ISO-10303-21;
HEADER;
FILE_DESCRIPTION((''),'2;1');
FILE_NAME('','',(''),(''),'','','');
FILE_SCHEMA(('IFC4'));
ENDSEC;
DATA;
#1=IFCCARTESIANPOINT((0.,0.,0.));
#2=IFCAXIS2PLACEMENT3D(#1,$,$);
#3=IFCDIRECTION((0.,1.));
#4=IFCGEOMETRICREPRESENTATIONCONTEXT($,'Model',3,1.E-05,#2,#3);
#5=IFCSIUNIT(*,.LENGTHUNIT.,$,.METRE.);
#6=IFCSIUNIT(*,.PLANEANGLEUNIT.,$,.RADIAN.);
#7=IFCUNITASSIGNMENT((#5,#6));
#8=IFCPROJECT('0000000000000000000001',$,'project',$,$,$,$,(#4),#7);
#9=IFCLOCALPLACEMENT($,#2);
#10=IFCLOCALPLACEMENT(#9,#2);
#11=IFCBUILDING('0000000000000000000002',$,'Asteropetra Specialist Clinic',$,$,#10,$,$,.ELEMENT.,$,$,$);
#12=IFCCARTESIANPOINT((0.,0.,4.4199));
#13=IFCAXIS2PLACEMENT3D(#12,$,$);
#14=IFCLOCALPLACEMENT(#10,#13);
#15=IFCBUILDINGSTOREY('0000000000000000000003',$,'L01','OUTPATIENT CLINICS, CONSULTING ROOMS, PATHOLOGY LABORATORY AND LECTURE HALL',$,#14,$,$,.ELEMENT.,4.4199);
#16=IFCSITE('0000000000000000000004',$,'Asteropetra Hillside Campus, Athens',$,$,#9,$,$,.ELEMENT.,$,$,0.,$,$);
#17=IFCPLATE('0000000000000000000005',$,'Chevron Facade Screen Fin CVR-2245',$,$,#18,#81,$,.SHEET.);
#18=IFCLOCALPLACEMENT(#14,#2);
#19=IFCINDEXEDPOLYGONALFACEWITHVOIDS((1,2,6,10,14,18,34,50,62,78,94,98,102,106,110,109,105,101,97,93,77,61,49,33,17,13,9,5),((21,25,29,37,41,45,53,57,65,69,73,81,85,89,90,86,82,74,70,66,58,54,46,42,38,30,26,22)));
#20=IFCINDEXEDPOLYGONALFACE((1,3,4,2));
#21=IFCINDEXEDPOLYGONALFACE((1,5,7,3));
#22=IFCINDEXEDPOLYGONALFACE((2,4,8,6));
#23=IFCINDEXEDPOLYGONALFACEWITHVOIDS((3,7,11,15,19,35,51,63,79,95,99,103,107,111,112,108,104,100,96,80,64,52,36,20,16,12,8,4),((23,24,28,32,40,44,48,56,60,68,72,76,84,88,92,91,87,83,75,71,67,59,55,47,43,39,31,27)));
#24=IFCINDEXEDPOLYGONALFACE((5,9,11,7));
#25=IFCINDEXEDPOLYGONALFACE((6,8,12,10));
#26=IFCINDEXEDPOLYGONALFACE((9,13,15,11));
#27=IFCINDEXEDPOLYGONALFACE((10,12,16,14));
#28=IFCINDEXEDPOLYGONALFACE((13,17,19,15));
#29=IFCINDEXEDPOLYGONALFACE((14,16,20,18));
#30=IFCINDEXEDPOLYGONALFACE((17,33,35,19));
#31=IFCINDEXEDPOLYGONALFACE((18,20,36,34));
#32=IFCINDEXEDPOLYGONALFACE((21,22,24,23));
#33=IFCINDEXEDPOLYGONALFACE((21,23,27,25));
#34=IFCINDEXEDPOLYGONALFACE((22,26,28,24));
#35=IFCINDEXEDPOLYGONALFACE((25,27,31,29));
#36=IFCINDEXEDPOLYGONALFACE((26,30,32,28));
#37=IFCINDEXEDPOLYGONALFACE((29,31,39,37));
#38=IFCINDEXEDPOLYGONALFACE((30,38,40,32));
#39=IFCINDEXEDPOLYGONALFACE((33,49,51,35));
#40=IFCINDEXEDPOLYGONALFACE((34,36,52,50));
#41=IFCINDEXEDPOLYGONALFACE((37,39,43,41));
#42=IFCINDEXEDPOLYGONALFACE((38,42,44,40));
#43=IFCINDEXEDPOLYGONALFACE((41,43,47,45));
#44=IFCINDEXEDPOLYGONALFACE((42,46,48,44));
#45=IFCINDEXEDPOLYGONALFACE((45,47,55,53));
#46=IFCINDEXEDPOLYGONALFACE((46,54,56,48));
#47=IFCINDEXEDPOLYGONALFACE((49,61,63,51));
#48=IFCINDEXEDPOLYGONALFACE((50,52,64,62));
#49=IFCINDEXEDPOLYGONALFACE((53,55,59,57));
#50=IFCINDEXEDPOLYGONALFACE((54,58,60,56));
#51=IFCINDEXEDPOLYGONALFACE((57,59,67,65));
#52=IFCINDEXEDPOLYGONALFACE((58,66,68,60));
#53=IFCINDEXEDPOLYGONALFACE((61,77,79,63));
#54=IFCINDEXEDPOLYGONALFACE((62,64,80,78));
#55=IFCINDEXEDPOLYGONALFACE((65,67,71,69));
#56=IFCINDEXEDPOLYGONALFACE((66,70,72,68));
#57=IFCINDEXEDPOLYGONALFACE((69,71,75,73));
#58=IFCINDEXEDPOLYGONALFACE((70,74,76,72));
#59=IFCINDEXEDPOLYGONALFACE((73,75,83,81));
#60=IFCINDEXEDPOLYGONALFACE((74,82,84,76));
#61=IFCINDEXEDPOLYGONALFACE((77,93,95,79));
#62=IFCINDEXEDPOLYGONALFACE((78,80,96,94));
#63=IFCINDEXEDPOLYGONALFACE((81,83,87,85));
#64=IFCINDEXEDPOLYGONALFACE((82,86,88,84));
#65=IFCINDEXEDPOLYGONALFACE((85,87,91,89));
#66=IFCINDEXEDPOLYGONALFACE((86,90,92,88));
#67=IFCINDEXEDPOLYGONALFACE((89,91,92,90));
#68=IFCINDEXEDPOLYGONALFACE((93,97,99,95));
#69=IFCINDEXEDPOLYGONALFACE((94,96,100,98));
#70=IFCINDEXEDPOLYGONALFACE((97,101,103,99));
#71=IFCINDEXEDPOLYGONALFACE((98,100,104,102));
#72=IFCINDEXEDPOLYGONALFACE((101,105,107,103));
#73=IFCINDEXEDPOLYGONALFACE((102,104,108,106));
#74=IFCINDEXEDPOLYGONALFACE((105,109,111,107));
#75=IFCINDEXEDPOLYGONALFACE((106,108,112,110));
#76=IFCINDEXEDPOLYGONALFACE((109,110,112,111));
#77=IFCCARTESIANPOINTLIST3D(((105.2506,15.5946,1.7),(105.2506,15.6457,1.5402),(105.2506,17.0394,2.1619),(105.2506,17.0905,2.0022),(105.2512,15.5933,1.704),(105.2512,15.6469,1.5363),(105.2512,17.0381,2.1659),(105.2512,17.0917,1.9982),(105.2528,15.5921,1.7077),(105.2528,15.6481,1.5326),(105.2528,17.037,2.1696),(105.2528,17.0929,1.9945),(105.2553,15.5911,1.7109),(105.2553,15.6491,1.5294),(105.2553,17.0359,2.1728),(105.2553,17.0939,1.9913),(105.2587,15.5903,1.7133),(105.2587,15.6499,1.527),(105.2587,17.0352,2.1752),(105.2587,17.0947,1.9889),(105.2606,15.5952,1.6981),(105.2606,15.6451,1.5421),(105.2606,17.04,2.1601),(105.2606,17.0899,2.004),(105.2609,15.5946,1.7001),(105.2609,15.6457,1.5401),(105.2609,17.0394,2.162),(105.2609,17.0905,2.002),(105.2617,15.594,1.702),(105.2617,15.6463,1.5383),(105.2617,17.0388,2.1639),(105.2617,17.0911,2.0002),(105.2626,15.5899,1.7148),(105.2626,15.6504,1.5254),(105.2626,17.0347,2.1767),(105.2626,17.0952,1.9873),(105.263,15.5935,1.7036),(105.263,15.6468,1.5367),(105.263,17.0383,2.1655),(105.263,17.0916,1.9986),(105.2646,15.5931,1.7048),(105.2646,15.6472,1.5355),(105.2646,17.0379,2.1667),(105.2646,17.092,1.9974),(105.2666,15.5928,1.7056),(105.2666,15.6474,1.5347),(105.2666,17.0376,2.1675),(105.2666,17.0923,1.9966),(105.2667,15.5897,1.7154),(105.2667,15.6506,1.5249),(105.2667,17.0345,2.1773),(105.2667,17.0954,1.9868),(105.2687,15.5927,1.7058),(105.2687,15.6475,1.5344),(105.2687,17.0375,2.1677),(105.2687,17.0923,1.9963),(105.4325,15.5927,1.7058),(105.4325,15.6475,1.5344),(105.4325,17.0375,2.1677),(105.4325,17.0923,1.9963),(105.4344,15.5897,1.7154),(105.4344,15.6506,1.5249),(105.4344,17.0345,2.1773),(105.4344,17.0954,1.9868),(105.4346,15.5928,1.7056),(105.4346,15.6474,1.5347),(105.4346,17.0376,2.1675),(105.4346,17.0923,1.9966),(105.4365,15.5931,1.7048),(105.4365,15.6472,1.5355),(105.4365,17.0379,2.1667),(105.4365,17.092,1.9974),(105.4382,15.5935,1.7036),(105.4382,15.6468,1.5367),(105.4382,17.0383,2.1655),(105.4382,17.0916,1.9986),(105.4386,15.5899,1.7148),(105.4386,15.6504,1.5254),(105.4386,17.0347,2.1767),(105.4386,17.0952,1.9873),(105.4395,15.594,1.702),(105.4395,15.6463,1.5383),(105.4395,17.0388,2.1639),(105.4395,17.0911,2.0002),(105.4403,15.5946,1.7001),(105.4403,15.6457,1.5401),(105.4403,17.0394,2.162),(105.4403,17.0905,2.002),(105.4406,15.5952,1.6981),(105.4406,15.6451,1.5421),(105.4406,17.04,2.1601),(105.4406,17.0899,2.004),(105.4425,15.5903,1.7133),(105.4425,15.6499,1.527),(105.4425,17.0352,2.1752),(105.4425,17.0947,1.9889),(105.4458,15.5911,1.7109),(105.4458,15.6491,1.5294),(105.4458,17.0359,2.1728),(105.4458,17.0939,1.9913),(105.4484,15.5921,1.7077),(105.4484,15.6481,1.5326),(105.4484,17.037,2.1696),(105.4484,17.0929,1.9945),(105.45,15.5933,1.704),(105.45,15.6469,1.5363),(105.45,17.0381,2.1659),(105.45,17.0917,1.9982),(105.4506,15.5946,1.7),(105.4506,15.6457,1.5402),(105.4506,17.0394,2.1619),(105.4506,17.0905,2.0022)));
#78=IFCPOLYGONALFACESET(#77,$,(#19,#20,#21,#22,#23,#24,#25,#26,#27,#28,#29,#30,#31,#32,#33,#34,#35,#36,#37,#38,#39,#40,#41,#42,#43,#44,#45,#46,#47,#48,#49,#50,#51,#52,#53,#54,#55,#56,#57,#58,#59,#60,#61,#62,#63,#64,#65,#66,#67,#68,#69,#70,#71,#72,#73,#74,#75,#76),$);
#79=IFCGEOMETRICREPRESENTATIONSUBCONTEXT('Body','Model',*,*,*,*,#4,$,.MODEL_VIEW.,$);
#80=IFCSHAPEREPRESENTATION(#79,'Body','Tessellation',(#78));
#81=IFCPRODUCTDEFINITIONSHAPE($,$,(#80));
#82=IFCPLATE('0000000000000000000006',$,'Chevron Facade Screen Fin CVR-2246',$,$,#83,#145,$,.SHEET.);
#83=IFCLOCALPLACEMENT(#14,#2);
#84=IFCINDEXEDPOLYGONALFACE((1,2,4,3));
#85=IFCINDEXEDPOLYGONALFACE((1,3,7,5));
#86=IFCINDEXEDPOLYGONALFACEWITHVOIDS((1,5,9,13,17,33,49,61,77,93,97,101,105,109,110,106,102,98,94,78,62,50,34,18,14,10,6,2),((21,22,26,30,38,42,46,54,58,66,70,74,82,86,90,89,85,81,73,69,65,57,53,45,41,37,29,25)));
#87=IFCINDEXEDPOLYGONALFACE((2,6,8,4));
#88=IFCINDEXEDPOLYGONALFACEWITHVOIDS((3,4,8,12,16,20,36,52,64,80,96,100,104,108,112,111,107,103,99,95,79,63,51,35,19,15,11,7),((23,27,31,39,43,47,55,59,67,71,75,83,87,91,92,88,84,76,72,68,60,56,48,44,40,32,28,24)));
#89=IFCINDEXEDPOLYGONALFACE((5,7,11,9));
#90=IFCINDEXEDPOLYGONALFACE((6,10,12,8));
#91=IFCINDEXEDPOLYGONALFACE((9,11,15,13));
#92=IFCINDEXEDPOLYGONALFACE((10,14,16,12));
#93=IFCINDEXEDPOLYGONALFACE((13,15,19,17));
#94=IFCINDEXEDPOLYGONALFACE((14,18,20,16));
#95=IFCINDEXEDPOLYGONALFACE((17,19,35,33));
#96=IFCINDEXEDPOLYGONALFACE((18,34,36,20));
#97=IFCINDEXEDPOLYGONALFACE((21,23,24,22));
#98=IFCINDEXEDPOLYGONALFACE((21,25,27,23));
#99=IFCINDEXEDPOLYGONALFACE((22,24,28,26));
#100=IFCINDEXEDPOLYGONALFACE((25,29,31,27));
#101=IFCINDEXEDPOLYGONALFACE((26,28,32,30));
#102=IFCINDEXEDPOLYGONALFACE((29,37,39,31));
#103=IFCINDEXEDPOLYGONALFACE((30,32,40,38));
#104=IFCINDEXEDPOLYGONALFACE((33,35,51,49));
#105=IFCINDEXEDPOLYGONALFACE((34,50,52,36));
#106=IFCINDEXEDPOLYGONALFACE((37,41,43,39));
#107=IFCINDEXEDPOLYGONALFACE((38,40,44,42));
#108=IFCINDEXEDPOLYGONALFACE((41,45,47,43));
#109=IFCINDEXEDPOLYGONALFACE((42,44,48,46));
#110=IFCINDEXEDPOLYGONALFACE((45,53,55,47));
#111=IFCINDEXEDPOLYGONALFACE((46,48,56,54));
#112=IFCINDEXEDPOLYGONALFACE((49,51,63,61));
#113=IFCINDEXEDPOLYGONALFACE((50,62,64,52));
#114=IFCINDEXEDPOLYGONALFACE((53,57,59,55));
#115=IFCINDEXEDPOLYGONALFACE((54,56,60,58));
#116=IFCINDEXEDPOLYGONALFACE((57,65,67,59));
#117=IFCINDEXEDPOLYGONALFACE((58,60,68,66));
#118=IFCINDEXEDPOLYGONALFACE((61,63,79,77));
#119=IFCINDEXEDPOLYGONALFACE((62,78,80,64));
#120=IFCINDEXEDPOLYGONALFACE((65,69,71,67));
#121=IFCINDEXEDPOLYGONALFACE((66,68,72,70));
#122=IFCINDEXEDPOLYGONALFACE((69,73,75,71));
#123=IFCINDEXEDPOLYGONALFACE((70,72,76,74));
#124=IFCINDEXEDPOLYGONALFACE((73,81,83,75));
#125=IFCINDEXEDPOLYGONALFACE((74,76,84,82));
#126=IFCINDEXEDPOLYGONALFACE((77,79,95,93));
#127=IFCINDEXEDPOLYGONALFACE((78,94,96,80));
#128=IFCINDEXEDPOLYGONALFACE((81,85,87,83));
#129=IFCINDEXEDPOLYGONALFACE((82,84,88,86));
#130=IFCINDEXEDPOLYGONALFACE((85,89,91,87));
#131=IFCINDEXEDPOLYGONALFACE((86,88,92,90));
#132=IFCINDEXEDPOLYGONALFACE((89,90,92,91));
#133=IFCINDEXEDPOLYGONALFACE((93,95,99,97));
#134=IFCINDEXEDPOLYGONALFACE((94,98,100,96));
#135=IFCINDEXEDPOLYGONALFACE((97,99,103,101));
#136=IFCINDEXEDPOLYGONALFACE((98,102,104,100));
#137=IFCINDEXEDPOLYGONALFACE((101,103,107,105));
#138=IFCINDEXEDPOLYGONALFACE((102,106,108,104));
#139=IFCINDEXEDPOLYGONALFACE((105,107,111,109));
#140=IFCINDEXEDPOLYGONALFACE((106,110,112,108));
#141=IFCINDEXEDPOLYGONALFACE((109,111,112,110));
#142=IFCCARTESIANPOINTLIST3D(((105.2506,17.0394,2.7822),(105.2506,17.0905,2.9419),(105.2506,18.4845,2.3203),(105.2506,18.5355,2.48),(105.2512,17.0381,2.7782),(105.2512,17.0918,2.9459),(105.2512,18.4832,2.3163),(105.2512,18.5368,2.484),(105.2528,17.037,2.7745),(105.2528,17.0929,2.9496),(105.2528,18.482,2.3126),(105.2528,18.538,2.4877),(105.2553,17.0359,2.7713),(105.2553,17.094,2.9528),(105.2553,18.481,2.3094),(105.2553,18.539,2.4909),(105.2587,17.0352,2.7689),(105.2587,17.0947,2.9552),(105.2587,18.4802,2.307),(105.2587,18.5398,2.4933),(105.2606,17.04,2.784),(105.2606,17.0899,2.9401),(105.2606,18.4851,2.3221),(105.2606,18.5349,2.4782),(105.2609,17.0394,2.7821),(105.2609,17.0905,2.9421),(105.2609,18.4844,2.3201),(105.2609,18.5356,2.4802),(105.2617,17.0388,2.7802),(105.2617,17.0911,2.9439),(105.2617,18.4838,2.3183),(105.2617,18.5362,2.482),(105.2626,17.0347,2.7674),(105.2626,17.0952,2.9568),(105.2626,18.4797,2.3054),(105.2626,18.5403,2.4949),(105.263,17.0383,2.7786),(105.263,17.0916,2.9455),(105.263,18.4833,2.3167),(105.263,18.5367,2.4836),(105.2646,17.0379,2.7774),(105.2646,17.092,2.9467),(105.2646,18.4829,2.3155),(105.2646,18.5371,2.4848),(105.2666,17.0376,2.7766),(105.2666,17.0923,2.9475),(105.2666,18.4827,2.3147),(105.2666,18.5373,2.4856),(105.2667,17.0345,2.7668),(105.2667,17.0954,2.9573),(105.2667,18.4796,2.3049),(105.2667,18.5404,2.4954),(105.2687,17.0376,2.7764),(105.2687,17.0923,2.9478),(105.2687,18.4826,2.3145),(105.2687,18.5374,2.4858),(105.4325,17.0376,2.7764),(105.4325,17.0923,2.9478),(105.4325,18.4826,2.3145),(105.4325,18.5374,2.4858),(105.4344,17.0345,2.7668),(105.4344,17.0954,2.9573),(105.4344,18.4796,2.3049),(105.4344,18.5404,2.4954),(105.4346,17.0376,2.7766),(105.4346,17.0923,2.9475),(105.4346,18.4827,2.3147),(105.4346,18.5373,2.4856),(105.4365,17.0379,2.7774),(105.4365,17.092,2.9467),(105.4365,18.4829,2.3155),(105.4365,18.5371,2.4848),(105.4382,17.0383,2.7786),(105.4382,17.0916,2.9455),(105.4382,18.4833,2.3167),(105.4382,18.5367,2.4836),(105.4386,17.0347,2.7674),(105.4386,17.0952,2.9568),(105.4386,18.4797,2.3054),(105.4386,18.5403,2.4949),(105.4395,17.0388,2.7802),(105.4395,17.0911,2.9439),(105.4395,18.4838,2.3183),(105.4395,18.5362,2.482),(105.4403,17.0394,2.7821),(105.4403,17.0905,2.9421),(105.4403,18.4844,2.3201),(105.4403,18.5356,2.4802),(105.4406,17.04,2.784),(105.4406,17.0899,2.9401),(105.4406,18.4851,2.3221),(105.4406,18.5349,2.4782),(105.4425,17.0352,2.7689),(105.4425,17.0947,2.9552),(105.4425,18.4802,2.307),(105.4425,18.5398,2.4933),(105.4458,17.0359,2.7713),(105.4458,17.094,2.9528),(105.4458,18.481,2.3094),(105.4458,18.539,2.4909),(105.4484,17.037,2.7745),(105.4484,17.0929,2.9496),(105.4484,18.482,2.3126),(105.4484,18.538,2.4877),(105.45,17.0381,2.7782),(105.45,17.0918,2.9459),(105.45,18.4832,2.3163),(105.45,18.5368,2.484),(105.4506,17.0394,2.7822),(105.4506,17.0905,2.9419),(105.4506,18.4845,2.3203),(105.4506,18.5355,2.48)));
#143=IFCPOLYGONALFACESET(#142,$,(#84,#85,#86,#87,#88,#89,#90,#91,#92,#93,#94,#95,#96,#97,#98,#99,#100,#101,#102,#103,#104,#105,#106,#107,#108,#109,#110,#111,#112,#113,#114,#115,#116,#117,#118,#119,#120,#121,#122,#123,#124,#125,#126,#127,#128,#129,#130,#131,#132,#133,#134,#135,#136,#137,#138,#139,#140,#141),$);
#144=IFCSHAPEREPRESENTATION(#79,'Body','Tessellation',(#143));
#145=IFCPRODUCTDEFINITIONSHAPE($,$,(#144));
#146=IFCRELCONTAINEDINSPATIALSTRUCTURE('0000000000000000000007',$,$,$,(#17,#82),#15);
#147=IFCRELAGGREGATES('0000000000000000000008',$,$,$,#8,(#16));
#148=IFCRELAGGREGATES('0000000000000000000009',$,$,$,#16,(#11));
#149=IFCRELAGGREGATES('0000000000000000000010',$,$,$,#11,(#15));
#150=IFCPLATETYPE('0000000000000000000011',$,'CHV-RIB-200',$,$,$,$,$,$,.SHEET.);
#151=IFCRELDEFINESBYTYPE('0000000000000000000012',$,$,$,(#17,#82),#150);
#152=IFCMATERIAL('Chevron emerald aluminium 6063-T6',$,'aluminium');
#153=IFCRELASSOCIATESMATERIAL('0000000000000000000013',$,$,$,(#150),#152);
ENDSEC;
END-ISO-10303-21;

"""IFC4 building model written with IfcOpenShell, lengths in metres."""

from ifc_helpers import new_model, si_unit, direction, frame, origin, origin_2d, place, context, subcontext, project, spatial, hollow_rectangle, extrude, material, material_profile, profile_set, type_object, element, save


model = new_model("IFC4")

# Units and contexts
model_context = context("Model", 3, precision=1e-05, world=origin(), true_north=direction((0.0, 1.0)))
body_context = subcontext(model_context, "Body", "Model", "MODEL_VIEW")
ifc_project = project(units=[si_unit("LENGTHUNIT", "METRE"), si_unit("PLANEANGLEUNIT", "RADIAN")], contexts=[model_context])

# Site, building, storey
site_placement = place(None, origin())
site = spatial("IfcSite", under=ifc_project, at=site_placement, Name="Asteropetra Hillside Campus, Athens", CompositionType="ELEMENT", RefElevation=0.0)
building_placement = place(site_placement, origin())
building = spatial("IfcBuilding", under=site, at=building_placement, Name="Asteropetra Specialist Clinic", CompositionType="ELEMENT")
storey_placement = place(building_placement, frame((0.0, 0.0, 4.4199)))
storey = spatial("IfcBuildingStorey", under=building, at=storey_placement, Name="L01", Description="OUTPATIENT CLINICS, CONSULTING ROOMS, PATHOLOGY LABORATORY AND LECTURE HALL", CompositionType="ELEMENT", Elevation=4.4199)

# Plates
ifc_material_1 = material(Name="Chevron emerald aluminium 6063-T6", Category="aluminium")
ifc_material_profile = material_profile(ifc_material_1, hollow_rectangle(XDim=0.2, YDim=0.2, WallThickness=0.01, InnerFilletRadius=0.0081, OuterFilletRadius=0.0161, at=origin_2d()), Name="SHS 200x200x10.0")
ifc_profile_set = profile_set([ifc_material_profile], Name="Chevron emerald aluminium 6063-T6")
plate_type = type_object("IfcPlateType", Name="CHV-RIB-200", PredefinedType="SHEET", material=ifc_profile_set)
plate_1_placement = place(storey_placement, frame((105.3506, 17.0649, 2.082), z_axis=(0.0, -0.952506, -0.304519), x_axis=(1.0, 0.0, 0.0)))
element("IfcPlate", 1, at=plate_1_placement, inside=storey, type_object=plate_type, Name="Chevron Facade Screen Fin CVR-2245", PredefinedType="SHEET", context=body_context, shape_type="SweptSolid", body=[
    extrude(hollow_rectangle(XDim=0.2, YDim=0.2, WallThickness=0.01, InnerFilletRadius=0.0081, OuterFilletRadius=0.0161, at=origin_2d()), origin(), (0.0, 0.0, 1.0), 1.5168),
])
plate_2_placement = place(storey_placement, frame((105.3506, 18.51, 2.4001), z_axis=(0.0, -0.952521, 0.304472), x_axis=(1.0, 0.0, 0.0)))
element("IfcPlate", 2, at=plate_2_placement, inside=storey, type_object=plate_type, Name="Chevron Facade Screen Fin CVR-2246", PredefinedType="SHEET", context=body_context, shape_type="SweptSolid", body=[
    extrude(hollow_rectangle(XDim=0.2, YDim=0.2, WallThickness=0.01, InnerFilletRadius=0.0081, OuterFilletRadius=0.0161, at=origin_2d()), origin(), (0.0, 0.0, 1.0), 1.5171),
])

save(model, "model.ifc")
